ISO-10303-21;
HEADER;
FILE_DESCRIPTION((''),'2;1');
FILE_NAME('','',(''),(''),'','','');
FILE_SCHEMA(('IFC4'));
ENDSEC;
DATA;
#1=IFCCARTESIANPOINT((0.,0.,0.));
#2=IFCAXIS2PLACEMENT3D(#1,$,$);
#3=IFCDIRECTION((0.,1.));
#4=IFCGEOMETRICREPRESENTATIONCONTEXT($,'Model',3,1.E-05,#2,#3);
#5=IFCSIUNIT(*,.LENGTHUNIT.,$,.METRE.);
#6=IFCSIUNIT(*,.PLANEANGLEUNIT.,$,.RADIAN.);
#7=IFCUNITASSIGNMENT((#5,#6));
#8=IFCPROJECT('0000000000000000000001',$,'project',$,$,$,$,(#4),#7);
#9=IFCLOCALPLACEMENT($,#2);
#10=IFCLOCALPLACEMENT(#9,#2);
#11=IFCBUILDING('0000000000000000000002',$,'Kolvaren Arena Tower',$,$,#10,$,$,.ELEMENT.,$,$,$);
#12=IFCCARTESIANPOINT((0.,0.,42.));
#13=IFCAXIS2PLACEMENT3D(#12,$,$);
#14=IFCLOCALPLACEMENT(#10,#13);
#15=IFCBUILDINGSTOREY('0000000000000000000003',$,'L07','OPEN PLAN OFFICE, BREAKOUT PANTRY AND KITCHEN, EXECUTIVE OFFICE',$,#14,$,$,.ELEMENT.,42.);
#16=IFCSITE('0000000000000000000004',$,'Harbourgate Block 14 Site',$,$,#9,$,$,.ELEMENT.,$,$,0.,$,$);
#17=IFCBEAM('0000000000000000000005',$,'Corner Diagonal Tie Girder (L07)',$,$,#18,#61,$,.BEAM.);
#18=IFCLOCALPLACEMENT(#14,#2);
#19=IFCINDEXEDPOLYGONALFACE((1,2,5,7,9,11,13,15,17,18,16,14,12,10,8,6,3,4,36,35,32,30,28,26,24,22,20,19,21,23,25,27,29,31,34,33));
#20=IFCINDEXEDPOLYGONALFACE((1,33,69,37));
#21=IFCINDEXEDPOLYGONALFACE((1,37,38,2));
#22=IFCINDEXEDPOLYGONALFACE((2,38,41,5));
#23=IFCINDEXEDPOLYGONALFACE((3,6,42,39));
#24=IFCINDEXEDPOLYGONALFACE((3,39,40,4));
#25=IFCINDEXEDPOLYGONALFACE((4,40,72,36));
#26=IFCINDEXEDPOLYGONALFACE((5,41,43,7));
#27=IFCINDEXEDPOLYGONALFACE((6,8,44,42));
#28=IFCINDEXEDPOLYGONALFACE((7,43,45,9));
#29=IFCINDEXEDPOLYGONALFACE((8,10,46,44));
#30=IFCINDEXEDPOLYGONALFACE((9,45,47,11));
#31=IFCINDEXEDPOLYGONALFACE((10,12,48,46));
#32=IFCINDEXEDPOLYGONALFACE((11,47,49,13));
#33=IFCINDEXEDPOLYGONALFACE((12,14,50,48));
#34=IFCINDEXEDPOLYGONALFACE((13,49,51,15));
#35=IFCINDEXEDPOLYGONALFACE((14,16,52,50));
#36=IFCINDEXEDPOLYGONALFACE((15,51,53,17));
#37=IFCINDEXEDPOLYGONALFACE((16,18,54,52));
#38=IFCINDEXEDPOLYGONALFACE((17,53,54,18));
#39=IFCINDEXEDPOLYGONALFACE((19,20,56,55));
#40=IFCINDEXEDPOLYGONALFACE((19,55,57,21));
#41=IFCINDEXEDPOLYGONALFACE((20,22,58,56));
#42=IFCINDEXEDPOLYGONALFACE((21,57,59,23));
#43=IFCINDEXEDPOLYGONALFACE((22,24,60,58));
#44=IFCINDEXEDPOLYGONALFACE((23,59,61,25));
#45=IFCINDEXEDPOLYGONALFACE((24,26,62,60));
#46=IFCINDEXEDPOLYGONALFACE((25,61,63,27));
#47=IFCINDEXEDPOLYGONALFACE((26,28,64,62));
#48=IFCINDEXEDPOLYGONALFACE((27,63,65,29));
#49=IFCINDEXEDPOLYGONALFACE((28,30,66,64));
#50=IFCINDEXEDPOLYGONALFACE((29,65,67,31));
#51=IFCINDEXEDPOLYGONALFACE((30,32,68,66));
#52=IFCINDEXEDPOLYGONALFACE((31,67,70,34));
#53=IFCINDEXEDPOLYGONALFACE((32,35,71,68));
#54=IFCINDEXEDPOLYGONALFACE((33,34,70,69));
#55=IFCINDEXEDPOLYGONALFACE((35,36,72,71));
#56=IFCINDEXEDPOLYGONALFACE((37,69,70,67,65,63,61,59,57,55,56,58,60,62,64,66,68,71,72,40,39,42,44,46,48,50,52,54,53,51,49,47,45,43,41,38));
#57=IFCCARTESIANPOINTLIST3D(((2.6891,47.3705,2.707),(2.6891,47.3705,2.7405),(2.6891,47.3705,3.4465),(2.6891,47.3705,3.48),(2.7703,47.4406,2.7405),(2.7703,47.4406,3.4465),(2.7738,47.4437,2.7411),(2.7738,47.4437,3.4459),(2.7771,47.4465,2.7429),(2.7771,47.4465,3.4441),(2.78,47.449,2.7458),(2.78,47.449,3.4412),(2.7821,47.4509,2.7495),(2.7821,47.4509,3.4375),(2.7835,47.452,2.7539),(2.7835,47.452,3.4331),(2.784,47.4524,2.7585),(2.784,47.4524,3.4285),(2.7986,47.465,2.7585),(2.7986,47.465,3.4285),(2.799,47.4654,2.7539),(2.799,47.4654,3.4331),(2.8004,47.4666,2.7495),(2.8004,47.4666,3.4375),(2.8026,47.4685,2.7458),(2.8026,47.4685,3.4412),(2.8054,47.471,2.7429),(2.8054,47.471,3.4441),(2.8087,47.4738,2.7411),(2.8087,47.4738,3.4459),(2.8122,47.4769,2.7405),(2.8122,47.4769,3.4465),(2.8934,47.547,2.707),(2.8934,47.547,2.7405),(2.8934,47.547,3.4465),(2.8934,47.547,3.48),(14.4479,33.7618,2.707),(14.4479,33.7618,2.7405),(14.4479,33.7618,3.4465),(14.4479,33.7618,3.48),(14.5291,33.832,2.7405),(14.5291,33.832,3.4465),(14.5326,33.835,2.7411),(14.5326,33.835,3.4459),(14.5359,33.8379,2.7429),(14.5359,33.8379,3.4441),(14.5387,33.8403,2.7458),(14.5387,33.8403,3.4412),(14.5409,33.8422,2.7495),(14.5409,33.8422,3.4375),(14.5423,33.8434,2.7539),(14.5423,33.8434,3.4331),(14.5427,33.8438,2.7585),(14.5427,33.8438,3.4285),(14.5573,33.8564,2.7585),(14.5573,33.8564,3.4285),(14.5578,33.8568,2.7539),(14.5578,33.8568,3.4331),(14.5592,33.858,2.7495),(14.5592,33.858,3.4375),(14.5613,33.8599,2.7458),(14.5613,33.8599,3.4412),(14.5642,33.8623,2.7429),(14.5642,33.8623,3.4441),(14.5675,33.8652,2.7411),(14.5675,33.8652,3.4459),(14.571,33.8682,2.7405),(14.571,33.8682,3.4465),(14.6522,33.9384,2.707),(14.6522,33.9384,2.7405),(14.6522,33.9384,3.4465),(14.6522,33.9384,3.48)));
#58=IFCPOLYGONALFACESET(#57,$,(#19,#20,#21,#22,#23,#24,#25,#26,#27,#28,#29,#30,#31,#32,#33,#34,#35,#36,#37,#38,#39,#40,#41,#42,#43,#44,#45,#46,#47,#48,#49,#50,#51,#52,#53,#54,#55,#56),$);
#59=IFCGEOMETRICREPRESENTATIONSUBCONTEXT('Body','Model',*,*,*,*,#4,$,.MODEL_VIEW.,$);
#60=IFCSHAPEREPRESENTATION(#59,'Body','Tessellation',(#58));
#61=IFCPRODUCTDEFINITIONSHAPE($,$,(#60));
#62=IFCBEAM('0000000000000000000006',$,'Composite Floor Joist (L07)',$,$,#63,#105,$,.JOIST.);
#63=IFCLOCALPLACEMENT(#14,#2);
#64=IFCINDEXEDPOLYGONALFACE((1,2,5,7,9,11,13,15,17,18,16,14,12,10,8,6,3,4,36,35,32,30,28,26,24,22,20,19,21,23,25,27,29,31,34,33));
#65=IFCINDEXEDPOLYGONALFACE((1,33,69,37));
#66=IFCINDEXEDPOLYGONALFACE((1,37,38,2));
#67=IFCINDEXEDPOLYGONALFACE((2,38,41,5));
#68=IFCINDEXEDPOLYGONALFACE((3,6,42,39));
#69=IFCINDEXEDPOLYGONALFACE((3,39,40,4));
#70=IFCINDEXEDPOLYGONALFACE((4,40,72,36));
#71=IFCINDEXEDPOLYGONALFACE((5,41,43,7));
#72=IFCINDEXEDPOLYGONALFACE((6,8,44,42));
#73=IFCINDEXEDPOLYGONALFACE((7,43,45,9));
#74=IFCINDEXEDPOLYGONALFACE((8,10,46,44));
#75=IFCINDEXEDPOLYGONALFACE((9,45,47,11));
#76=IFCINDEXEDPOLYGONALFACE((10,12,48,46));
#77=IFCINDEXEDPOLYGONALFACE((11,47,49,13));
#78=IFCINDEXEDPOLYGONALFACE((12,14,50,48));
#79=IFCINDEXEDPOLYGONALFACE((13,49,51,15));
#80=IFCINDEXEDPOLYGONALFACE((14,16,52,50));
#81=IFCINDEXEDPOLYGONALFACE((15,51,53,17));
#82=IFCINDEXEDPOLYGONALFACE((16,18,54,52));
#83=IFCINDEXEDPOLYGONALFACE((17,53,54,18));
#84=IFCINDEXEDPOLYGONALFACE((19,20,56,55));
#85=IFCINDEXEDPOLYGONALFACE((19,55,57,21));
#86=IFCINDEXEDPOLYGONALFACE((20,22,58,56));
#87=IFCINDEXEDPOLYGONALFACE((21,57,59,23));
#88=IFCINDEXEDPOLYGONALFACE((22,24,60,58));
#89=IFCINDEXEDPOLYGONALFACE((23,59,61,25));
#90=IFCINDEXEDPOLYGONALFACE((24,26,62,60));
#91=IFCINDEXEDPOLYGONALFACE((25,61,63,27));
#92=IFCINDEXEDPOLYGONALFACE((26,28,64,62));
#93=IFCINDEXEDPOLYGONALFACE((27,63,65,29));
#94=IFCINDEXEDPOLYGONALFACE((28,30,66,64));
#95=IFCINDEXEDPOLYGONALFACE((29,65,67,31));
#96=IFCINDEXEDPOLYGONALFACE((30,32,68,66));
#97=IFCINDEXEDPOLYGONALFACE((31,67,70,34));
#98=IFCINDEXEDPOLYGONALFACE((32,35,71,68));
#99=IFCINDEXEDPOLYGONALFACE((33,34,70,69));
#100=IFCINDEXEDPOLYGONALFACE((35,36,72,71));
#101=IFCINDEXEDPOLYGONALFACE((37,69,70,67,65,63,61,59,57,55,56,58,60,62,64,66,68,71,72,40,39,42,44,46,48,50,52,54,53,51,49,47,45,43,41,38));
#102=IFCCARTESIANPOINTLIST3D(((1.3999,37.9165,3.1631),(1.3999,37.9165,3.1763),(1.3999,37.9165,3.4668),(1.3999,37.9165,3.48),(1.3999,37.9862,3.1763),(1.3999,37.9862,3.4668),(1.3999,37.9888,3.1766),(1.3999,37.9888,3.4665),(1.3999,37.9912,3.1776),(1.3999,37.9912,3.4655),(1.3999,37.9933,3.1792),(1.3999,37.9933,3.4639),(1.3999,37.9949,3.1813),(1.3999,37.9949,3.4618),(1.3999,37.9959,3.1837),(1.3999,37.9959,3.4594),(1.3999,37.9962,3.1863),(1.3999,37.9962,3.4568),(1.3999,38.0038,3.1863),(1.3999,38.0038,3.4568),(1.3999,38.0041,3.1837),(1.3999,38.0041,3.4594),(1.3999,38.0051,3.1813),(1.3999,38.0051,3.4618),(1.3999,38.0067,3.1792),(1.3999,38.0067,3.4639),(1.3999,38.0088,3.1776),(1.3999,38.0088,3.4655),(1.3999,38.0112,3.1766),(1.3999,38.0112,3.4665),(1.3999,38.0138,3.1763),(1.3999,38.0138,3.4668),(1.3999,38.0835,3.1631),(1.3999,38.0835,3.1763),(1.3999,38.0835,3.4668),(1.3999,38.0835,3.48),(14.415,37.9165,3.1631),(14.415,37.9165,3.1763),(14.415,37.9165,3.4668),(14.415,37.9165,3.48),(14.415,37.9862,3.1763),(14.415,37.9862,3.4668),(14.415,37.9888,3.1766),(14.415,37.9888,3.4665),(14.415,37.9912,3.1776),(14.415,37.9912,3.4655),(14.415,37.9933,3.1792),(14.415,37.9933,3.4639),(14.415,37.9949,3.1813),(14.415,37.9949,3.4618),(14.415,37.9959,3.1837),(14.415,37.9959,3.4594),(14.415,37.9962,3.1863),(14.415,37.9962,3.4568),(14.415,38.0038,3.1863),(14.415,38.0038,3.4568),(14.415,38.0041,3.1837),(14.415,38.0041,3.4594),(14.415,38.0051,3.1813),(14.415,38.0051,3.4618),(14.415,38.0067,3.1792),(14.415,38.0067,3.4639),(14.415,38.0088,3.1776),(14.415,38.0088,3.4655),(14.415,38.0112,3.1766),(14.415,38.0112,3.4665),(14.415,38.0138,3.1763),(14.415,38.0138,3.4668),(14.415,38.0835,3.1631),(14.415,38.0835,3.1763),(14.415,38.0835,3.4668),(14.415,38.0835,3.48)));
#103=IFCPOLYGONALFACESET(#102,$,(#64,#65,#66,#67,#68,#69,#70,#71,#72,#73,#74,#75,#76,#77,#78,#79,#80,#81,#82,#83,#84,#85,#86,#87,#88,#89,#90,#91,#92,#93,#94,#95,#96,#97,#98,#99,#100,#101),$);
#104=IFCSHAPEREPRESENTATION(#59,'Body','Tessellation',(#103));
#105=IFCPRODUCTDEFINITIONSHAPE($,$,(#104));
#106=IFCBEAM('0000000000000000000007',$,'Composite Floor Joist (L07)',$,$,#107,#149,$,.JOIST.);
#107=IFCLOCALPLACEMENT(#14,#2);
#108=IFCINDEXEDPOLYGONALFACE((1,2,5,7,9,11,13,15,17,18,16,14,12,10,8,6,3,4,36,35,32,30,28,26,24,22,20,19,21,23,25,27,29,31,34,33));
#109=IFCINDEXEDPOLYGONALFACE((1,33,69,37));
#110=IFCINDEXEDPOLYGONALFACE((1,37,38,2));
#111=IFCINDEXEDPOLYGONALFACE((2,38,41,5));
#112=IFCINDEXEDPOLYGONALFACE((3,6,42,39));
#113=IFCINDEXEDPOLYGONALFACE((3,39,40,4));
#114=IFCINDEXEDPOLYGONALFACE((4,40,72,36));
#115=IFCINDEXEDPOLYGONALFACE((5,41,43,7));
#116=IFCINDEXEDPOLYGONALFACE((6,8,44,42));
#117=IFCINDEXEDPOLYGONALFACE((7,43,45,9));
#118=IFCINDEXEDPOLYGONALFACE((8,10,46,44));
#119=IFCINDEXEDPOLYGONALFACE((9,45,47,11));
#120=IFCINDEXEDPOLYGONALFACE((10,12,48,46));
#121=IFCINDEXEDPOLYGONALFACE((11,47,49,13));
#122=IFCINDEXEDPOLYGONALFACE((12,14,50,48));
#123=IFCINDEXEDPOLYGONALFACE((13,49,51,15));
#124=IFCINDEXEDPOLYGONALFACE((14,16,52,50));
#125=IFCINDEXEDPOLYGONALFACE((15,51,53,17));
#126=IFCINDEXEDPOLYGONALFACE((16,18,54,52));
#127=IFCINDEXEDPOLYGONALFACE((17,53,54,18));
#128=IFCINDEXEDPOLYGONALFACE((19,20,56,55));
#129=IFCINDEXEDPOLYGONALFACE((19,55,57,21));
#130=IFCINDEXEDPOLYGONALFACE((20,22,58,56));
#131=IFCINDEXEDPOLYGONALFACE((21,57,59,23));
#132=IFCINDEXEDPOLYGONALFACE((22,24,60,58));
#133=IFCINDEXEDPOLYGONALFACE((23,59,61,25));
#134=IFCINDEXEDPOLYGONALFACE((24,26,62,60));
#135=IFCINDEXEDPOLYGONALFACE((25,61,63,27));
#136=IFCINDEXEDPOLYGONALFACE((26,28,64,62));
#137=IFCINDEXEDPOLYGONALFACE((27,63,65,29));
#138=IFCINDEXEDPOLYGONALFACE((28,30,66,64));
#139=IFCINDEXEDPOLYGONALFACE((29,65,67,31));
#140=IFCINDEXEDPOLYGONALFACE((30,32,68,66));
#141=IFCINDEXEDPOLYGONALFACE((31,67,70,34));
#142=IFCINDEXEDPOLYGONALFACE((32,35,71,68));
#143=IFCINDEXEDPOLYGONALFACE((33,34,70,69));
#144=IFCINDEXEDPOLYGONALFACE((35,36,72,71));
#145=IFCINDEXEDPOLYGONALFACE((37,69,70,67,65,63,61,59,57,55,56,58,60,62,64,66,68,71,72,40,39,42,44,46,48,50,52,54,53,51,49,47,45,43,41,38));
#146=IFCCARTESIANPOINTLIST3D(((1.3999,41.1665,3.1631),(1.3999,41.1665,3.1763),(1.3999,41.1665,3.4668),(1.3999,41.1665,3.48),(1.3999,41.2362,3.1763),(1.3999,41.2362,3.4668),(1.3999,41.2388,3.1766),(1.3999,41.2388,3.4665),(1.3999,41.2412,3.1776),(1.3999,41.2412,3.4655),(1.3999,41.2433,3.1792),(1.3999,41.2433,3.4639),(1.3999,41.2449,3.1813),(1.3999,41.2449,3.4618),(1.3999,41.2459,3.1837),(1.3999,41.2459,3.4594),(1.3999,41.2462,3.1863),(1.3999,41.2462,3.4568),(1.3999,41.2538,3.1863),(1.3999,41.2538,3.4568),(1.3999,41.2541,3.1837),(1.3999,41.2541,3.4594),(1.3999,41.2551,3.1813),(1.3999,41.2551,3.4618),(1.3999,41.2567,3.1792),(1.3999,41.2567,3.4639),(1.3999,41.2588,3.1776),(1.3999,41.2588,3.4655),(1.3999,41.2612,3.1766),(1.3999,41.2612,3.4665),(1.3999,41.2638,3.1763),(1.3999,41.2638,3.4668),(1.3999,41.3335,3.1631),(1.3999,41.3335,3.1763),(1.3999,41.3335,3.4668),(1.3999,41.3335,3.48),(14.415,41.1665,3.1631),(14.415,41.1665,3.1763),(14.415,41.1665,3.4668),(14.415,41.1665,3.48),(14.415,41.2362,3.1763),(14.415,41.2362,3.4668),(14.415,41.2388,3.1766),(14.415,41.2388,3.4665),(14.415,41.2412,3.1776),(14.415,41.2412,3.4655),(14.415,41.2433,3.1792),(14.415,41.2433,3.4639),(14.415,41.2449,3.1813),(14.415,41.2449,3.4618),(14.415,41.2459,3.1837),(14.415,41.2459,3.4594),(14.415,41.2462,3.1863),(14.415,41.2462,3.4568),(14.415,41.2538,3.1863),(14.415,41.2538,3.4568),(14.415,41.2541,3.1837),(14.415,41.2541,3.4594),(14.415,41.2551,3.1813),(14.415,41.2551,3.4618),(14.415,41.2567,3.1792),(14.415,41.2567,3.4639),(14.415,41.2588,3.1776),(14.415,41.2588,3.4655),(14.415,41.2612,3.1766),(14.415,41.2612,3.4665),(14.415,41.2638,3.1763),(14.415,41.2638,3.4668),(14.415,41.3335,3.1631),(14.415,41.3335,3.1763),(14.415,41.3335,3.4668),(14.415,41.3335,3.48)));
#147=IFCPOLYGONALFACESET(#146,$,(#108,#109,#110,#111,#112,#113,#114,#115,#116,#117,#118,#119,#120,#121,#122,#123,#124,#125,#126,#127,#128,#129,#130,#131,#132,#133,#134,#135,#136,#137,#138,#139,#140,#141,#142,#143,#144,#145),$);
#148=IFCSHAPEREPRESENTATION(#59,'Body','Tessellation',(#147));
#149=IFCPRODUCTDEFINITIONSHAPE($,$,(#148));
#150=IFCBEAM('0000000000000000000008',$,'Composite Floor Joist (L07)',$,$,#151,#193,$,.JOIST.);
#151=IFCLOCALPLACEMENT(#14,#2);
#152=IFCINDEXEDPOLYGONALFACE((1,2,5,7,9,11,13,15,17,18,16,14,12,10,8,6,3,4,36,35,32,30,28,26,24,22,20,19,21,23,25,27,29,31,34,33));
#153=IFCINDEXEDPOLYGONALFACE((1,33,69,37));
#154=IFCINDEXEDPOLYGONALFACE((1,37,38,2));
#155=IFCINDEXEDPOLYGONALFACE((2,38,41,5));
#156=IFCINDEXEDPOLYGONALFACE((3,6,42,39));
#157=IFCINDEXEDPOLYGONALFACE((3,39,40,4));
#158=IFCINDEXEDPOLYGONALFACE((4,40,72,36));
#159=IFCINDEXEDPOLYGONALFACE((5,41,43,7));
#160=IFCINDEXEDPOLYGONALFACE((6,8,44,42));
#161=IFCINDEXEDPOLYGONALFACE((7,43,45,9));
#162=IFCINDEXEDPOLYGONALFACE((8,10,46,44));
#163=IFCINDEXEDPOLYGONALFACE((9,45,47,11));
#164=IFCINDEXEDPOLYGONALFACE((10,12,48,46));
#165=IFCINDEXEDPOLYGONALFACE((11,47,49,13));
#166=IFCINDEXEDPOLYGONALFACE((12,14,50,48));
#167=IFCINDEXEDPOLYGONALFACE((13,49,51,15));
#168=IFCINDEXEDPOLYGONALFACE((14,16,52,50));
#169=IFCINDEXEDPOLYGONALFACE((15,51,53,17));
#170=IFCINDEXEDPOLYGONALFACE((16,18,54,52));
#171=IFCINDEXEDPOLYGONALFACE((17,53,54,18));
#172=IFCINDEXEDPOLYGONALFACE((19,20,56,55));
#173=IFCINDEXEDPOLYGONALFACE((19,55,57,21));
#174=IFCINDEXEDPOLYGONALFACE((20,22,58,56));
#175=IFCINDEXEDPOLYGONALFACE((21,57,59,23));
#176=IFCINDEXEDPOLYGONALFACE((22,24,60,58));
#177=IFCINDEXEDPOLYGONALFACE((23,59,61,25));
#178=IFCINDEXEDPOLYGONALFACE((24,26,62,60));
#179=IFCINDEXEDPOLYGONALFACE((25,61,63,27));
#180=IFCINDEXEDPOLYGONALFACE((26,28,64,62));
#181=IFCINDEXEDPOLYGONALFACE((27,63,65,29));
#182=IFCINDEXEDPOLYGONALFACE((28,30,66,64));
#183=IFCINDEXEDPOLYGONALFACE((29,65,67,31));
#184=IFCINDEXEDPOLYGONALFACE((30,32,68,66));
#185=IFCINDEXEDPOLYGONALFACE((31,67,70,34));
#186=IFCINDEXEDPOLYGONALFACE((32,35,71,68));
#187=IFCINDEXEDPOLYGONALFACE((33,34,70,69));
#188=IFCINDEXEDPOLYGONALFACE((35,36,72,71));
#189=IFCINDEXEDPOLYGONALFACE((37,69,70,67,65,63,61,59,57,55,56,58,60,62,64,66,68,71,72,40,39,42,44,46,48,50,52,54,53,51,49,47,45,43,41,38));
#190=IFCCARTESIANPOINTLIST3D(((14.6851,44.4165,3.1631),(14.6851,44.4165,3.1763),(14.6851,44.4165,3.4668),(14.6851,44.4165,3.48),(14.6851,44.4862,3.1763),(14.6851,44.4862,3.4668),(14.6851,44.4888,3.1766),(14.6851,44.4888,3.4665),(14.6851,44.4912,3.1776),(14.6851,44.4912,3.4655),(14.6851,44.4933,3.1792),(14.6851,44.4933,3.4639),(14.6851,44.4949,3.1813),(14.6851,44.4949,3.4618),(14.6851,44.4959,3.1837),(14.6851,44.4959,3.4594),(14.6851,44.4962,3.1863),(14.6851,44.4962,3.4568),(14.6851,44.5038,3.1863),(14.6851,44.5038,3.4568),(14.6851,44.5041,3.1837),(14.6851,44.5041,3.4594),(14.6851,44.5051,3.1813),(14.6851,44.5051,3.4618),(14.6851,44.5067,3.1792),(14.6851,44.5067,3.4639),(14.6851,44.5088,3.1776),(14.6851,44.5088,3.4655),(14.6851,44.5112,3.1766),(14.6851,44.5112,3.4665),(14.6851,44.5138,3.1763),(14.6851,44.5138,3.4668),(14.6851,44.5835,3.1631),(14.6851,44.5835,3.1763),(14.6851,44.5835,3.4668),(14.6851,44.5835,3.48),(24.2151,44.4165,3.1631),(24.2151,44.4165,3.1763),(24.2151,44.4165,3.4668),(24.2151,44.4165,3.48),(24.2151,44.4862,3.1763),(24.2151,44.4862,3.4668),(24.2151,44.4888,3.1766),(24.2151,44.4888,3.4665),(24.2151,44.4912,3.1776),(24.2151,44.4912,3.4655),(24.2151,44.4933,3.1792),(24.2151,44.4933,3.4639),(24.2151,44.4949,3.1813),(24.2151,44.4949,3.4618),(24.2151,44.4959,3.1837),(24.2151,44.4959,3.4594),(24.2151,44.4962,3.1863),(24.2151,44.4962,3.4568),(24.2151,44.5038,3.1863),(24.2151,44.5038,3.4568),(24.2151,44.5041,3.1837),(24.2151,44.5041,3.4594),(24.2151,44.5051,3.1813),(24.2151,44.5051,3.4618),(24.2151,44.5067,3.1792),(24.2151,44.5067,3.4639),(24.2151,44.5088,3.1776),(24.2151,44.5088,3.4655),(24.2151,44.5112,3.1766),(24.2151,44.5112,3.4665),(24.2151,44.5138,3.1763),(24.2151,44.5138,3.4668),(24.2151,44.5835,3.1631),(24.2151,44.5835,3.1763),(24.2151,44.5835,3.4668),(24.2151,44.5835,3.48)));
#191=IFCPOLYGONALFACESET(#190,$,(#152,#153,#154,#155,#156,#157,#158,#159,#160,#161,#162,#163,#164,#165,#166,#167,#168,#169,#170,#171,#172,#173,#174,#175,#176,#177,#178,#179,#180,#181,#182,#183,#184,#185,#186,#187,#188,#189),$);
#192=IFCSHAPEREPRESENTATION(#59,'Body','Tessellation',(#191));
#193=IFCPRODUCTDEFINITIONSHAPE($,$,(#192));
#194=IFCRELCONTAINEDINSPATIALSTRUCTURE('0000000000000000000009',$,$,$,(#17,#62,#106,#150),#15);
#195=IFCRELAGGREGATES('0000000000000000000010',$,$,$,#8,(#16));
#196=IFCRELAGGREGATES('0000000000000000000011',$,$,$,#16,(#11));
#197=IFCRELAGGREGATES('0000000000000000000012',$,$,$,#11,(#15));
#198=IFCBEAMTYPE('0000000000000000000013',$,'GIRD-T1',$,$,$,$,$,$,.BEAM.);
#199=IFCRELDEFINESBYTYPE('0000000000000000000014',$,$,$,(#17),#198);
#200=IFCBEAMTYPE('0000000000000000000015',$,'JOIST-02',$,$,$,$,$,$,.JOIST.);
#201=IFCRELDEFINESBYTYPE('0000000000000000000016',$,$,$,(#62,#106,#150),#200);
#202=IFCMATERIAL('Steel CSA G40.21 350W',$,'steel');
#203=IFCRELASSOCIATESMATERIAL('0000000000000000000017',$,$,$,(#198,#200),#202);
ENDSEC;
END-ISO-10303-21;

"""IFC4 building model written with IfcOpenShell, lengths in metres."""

from ifc_helpers import new_model, si_unit, direction, frame, origin, origin_2d, place, context, subcontext, project, spatial, i_section, extrude, material, material_profile, profile_set, type_object, element, save


model = new_model("IFC4")

# Units and contexts
model_context = context("Model", 3, precision=1e-05, world=origin(), true_north=direction((0.0, 1.0)))
body_context = subcontext(model_context, "Body", "Model", "MODEL_VIEW")
ifc_project = project(units=[si_unit("LENGTHUNIT", "METRE"), si_unit("PLANEANGLEUNIT", "RADIAN")], contexts=[model_context])

# Site, building, storey
site_placement = place(None, origin())
site = spatial("IfcSite", under=ifc_project, at=site_placement, Name="Harbourgate Block 14 Site", CompositionType="ELEMENT", RefElevation=0.0)
building_placement = place(site_placement, origin())
building = spatial("IfcBuilding", under=site, at=building_placement, Name="Kolvaren Arena Tower", CompositionType="ELEMENT")
storey_placement = place(building_placement, frame((0.0, 0.0, 42.0)))
storey = spatial("IfcBuildingStorey", under=building, at=storey_placement, Name="L07", Description="OPEN PLAN OFFICE, BREAKOUT PANTRY AND KITCHEN, EXECUTIVE OFFICE", CompositionType="ELEMENT", Elevation=42.0)

# Beams
ifc_material_1 = material(Name="Steel CSA G40.21 350W", Category="steel")
ifc_material_profile_1 = material_profile(ifc_material_1, i_section(OverallWidth=0.27, OverallDepth=0.7729, WebThickness=0.0193, FlangeThickness=0.0334, FilletRadius=0.0181, at=origin_2d()), Name="W760x257")
ifc_profile_set_1 = profile_set([ifc_material_profile_1], Name="Steel CSA G40.21 350W")
beam_type_1 = type_object("IfcBeamType", Name="GIRD-T1", PredefinedType="BEAM", material=ifc_profile_set_1)
beam_1_placement = place(storey_placement, frame((2.7913, 47.4587, 3.0935), z_axis=(0.653807, -0.756662, 0.0), x_axis=(0.756662, 0.653807, 0.0)))
element("IfcBeam", 1, at=beam_1_placement, inside=storey, type_object=beam_type_1, Name="Corner Diagonal Tie Girder (L07)", PredefinedType="BEAM", context=body_context, shape_type="SweptSolid", body=[
    extrude(i_section(OverallWidth=0.27, OverallDepth=0.7729, WebThickness=0.0193, FlangeThickness=0.0334, FilletRadius=0.0181, at=origin_2d()), origin(), (0.0, 0.0, 1.0), 17.9851),
])
ifc_material_profile_2 = material_profile(ifc_material_1, i_section(OverallWidth=0.167, OverallDepth=0.3169, WebThickness=0.0076, FlangeThickness=0.0132, FilletRadius=0.01, at=origin_2d()), Name="W310x52")
ifc_profile_set_2 = profile_set([ifc_material_profile_2], Name="Steel CSA G40.21 350W")
beam_type_2 = type_object("IfcBeamType", Name="JOIST-02", PredefinedType="JOIST", material=ifc_profile_set_2)
for number, where, z_axis, x_axis, name in (
    (2, (1.3999, 38.0, 3.3215), (1.0, 0.0, 0.0), (0.0, 1.0, 0.0), "Composite Floor Joist (L07)"),
    (3, (1.3999, 41.25, 3.3215), (1.0, 0.0, 0.0), (0.0, 1.0, 0.0), "Composite Floor Joist (L07)"),
):
    element("IfcBeam", number, at=place(storey_placement, frame(where, z_axis=z_axis, x_axis=x_axis)), inside=storey, type_object=beam_type_2, Name=name, PredefinedType="JOIST", context=body_context, shape_type="SweptSolid", body=[
        extrude(i_section(OverallWidth=0.167, OverallDepth=0.3169, WebThickness=0.0076, FlangeThickness=0.0132, FilletRadius=0.01, at=origin_2d()), origin(), (0.0, 0.0, 1.0), 13.0151),
    ])
beam_2_placement = place(storey_placement, frame((14.6851, 44.5, 3.3215), z_axis=(1.0, 0.0, 0.0), x_axis=(0.0, 1.0, 0.0)))
element("IfcBeam", 4, at=beam_2_placement, inside=storey, type_object=beam_type_2, Name="Composite Floor Joist (L07)", PredefinedType="JOIST", context=body_context, shape_type="SweptSolid", body=[
    extrude(i_section(OverallWidth=0.167, OverallDepth=0.3169, WebThickness=0.0076, FlangeThickness=0.0132, FilletRadius=0.01, at=origin_2d()), origin(), (0.0, 0.0, 1.0), 9.53),
])

save(model, "model.ifc")
